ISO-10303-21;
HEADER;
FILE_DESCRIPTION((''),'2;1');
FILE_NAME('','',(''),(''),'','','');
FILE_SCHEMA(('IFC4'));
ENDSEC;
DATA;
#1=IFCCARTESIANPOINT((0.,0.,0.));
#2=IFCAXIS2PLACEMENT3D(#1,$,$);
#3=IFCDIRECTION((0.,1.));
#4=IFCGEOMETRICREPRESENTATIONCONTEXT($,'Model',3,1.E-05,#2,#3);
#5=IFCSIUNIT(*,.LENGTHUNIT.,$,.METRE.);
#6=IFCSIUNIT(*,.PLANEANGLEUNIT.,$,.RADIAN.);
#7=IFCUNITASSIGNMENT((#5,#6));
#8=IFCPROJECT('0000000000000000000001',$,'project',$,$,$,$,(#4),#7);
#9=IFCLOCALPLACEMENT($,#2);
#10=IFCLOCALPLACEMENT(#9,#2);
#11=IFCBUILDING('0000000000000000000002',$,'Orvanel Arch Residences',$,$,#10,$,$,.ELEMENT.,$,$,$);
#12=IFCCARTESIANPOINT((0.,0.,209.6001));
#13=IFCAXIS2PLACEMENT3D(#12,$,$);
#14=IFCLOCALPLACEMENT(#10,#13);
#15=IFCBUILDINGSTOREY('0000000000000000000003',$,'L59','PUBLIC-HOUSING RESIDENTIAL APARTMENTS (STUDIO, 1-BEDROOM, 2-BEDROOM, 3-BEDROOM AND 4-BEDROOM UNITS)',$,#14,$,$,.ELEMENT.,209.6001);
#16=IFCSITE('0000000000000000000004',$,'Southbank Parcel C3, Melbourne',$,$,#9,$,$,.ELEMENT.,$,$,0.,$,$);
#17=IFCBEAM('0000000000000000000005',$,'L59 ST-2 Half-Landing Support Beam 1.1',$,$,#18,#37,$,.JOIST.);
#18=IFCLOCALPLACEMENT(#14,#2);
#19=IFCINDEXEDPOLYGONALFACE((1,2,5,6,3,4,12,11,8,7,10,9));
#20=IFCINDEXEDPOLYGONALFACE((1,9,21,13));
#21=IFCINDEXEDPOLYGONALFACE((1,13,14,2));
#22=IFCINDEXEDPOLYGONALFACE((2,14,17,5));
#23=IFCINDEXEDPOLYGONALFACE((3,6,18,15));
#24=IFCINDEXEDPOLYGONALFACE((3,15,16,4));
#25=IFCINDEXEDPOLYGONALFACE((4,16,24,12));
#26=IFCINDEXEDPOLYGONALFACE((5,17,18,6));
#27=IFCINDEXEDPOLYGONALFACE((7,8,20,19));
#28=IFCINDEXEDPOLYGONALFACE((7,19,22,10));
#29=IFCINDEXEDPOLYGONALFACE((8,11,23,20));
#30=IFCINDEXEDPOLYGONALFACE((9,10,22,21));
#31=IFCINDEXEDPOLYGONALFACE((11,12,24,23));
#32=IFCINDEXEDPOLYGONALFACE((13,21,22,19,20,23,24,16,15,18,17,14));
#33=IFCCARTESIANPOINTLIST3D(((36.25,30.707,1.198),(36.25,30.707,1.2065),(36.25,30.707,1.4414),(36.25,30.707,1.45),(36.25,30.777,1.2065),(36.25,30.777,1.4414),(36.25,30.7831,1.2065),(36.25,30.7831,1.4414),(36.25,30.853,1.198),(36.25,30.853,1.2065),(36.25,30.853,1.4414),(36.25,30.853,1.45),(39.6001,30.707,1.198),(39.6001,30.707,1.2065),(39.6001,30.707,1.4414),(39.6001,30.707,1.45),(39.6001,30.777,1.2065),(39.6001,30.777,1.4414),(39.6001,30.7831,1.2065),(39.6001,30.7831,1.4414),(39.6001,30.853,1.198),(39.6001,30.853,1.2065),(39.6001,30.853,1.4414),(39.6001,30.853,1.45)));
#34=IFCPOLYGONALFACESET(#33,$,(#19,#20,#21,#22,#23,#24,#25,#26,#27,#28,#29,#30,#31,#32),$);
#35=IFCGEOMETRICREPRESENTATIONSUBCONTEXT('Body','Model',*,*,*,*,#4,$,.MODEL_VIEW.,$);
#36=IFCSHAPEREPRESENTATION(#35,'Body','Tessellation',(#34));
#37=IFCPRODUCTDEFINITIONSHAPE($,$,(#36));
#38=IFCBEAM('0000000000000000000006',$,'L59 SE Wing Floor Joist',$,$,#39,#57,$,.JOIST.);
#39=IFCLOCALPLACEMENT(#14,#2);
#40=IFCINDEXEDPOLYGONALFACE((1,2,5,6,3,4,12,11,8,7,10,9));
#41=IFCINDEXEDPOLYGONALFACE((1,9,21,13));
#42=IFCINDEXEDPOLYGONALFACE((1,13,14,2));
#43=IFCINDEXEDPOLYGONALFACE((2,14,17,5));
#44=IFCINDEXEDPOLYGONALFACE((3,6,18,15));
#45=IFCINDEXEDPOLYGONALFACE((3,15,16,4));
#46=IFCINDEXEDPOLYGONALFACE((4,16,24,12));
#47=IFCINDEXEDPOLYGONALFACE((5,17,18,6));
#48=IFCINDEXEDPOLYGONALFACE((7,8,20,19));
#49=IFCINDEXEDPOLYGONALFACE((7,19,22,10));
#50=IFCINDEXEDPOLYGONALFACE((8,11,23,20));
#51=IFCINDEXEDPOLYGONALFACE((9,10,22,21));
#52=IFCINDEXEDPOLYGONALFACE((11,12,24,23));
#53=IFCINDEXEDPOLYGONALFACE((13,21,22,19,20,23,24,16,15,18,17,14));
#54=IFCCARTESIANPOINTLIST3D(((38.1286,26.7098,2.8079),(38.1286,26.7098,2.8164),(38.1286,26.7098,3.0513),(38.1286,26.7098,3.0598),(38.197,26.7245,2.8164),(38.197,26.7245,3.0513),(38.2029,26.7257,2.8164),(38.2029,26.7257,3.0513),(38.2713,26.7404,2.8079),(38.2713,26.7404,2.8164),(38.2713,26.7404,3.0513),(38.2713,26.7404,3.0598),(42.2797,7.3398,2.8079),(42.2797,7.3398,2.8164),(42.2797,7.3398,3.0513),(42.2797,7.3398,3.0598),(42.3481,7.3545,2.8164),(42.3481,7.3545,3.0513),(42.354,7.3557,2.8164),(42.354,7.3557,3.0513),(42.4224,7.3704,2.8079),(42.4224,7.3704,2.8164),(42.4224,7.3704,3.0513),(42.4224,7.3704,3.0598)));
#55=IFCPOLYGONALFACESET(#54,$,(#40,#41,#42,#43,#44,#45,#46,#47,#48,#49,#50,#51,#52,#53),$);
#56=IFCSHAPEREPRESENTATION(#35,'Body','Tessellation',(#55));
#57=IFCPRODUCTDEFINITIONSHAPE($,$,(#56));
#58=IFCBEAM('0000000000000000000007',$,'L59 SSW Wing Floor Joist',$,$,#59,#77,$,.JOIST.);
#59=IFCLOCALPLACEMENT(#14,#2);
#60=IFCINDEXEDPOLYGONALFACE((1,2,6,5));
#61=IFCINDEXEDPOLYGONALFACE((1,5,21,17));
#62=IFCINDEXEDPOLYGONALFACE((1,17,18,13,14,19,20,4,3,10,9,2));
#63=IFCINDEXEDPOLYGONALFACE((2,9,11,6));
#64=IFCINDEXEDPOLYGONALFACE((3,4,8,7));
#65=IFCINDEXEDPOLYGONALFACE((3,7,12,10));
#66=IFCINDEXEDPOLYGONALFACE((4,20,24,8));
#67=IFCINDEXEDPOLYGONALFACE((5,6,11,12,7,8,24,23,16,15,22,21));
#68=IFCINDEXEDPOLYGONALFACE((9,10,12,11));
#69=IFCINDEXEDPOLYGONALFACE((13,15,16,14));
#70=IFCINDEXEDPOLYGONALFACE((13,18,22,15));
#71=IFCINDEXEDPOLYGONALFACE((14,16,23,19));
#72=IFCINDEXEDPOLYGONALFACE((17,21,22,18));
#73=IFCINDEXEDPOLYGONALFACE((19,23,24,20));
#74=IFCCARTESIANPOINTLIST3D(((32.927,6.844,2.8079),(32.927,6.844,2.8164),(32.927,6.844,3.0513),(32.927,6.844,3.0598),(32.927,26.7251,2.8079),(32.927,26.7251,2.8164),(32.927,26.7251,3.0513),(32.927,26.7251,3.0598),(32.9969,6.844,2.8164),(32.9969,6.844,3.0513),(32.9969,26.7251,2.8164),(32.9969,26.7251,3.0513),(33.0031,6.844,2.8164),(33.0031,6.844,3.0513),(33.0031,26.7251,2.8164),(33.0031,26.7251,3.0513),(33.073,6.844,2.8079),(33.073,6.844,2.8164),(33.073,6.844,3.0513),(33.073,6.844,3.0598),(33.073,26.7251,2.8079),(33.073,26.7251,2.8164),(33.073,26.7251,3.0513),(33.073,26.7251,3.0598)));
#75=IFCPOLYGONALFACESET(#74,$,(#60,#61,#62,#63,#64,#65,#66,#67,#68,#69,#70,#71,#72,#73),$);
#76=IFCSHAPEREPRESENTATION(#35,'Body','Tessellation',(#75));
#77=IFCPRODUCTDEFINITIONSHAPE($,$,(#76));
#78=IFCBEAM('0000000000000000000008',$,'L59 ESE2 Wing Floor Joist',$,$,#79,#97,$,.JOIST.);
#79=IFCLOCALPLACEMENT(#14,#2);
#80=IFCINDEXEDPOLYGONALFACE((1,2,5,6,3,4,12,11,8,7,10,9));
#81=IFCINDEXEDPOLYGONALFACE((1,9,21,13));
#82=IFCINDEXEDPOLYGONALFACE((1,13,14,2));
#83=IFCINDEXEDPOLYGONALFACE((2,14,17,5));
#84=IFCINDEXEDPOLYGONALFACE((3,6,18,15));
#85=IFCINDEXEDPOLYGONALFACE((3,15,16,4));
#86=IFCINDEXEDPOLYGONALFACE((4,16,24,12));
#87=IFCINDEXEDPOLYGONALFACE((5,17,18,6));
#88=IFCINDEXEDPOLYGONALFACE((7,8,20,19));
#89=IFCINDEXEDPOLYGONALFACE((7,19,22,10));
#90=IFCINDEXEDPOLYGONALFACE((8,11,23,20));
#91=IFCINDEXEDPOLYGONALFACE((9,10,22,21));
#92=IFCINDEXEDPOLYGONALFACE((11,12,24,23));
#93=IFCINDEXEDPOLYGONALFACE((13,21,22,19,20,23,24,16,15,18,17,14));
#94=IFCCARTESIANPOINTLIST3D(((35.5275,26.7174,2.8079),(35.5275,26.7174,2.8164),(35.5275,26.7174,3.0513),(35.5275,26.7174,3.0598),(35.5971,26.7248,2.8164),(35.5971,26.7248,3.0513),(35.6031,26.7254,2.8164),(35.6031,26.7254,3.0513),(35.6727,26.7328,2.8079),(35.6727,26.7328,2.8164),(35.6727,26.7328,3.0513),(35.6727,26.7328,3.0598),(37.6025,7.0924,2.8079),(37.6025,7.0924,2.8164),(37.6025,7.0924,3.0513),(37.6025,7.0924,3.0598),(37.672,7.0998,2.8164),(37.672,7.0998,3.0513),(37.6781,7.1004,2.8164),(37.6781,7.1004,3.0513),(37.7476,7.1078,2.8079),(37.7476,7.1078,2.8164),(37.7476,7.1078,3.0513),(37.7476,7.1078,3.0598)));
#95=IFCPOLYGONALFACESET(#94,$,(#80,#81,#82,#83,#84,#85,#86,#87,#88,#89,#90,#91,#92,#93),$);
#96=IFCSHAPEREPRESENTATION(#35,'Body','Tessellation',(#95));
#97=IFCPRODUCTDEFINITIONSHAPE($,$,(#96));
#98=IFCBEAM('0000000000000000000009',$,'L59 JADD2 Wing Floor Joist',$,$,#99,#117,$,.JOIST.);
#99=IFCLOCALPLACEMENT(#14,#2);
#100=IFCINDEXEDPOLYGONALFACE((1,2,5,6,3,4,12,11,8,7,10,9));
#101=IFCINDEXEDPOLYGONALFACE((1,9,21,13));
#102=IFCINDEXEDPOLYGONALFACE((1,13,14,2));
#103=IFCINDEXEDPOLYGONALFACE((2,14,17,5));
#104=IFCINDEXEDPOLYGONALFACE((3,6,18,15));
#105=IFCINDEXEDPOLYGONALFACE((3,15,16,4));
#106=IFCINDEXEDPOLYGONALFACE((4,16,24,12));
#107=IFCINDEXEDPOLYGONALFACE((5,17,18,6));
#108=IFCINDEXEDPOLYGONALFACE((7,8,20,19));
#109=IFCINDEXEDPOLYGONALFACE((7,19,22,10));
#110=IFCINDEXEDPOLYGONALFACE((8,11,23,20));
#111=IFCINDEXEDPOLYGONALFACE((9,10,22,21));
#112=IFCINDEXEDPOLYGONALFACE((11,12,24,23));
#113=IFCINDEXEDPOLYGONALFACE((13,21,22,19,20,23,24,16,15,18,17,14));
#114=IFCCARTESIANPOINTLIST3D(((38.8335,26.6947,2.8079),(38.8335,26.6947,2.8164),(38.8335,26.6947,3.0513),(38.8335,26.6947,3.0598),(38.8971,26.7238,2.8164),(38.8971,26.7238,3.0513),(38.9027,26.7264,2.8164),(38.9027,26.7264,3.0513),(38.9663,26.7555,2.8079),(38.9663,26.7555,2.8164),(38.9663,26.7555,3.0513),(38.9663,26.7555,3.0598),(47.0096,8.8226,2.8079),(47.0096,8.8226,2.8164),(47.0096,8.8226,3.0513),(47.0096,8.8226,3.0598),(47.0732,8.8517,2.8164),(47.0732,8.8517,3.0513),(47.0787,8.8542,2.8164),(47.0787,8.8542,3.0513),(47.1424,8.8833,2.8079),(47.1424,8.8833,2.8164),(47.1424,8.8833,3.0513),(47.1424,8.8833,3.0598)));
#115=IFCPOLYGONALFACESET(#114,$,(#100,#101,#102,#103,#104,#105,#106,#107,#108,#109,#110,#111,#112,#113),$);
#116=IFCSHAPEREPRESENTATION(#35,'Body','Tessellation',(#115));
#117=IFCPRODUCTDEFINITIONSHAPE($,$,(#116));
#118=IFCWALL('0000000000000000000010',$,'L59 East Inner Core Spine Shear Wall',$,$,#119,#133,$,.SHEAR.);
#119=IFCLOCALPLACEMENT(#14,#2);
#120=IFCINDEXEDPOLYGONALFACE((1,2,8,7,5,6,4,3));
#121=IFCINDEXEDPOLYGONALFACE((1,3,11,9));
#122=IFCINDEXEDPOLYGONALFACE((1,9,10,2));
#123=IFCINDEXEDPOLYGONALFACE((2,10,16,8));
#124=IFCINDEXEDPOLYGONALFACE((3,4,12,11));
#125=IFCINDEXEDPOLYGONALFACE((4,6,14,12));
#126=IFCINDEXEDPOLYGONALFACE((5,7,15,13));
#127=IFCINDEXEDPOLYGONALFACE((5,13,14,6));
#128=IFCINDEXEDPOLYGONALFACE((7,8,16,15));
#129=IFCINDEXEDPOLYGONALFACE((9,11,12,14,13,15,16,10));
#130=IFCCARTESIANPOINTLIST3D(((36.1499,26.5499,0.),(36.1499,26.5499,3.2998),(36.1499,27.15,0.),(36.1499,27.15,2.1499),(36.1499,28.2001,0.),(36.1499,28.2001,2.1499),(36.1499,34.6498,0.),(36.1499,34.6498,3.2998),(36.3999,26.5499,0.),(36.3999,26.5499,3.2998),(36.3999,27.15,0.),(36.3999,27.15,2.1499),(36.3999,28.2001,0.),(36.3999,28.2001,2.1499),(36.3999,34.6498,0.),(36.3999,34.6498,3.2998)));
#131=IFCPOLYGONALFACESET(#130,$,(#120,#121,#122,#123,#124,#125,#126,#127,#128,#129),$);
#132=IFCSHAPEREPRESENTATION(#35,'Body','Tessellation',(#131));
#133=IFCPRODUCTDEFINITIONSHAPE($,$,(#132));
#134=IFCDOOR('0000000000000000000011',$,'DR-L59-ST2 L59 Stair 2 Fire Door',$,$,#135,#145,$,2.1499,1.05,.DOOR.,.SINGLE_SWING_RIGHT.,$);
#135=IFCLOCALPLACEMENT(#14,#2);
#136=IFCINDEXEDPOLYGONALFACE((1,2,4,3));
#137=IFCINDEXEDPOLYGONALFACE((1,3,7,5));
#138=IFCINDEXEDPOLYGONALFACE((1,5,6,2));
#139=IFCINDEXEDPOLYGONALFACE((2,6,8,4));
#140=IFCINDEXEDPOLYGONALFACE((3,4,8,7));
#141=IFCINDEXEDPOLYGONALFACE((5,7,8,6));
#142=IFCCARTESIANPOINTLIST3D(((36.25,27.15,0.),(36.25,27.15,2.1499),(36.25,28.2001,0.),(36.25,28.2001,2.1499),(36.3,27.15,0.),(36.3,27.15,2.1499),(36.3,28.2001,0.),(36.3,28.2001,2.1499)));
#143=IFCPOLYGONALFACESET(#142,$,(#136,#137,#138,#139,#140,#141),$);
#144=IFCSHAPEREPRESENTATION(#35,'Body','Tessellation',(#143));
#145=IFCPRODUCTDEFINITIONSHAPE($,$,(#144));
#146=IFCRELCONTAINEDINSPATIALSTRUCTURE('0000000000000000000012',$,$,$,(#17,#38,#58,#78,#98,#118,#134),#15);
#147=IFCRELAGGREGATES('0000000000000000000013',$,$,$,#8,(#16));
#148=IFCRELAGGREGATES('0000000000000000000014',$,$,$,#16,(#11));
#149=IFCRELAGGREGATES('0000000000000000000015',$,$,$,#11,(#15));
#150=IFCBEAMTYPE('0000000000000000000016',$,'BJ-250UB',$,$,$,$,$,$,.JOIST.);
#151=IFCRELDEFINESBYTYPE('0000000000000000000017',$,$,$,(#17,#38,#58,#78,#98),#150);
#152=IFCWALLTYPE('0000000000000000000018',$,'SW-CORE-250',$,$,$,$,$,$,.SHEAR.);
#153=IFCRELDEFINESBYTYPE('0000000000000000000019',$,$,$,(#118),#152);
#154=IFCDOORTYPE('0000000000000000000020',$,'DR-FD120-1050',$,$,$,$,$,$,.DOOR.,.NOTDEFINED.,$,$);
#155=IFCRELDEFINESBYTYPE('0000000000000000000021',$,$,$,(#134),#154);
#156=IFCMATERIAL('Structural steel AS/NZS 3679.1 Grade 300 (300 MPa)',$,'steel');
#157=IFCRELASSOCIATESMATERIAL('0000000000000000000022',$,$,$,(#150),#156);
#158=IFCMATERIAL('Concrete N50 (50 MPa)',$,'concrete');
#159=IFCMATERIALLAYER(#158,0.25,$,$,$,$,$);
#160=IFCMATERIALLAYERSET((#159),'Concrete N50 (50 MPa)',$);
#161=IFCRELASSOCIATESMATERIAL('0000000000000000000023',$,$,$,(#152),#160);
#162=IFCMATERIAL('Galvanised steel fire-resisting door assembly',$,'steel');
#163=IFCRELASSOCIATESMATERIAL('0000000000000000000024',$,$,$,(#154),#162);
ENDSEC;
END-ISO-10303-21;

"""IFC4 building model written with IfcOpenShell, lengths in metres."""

from ifc_helpers import new_model, si_unit, direction, frame, frame_2d, origin, origin_2d, place, context, subcontext, project, spatial, rectangle, i_section, extrude, material, layer, layer_set, material_profile, profile_set, type_object, element, fill, save


model = new_model("IFC4")

# Units and contexts
model_context = context("Model", 3, precision=1e-05, world=origin(), true_north=direction((0.0, 1.0)))
body_context = subcontext(model_context, "Body", "Model", "MODEL_VIEW")
ifc_project = project(units=[si_unit("LENGTHUNIT", "METRE"), si_unit("PLANEANGLEUNIT", "RADIAN")], contexts=[model_context])

# Site, building, storey
site_placement = place(None, origin())
site = spatial("IfcSite", under=ifc_project, at=site_placement, Name="Southbank Parcel C3, Melbourne", CompositionType="ELEMENT", RefElevation=0.0)
building_placement = place(site_placement, origin())
building = spatial("IfcBuilding", under=site, at=building_placement, Name="Orvanel Arch Residences", CompositionType="ELEMENT")
storey_placement = place(building_placement, frame((0.0, 0.0, 209.6001)))
storey = spatial("IfcBuildingStorey", under=building, at=storey_placement, Name="L59", Description="PUBLIC-HOUSING RESIDENTIAL APARTMENTS (STUDIO, 1-BEDROOM, 2-BEDROOM, 3-BEDROOM AND 4-BEDROOM UNITS)", CompositionType="ELEMENT", Elevation=209.6001)

# Beams
ifc_material_1 = material(Name="Structural steel AS/NZS 3679.1 Grade 300 (300 MPa)", Category="steel")
ifc_material_profile = material_profile(ifc_material_1, i_section(OverallWidth=0.146, OverallDepth=0.252, WebThickness=0.0061, FlangeThickness=0.0085, at=origin_2d()), Name="250UB31.4")
ifc_profile_set = profile_set([ifc_material_profile], Name="Structural steel AS/NZS 3679.1 Grade 300 (300 MPa)")
beam_type = type_object("IfcBeamType", Name="BJ-250UB", PredefinedType="JOIST", material=ifc_profile_set)
beam_1_placement = place(storey_placement, frame((36.25, 30.78, 1.324), z_axis=(1.0, 0.0, 0.0), x_axis=(0.0, 1.0, 0.0)))
element("IfcBeam", 1, at=beam_1_placement, inside=storey, type_object=beam_type, Name="L59 ST-2 Half-Landing Support Beam 1.1", PredefinedType="JOIST", context=body_context, shape_type="SweptSolid", body=[
    extrude(i_section(OverallWidth=0.146, OverallDepth=0.252, WebThickness=0.0061, FlangeThickness=0.0085, at=origin_2d()), origin(), (0.0, 0.0, 1.0), 3.3501),
])
beam_2_placement = place(storey_placement, frame((38.2, 26.7251, 2.9338), z_axis=(0.209548, -0.977798, 0.0), x_axis=(0.977798, 0.209548, 0.0)))
element("IfcBeam", 2, at=beam_2_placement, inside=storey, type_object=beam_type, Name="L59 SE Wing Floor Joist", PredefinedType="JOIST", context=body_context, shape_type="SweptSolid", body=[
    extrude(i_section(OverallWidth=0.146, OverallDepth=0.252, WebThickness=0.0061, FlangeThickness=0.0085, at=origin_2d()), origin(), (0.0, 0.0, 1.0), 19.8098),
])
beam_3_placement = place(storey_placement, frame((33.0, 26.7251, 2.9338), z_axis=(0.0, -1.0, 0.0), x_axis=(1.0, 0.0, 0.0)))
element("IfcBeam", 3, at=beam_3_placement, inside=storey, type_object=beam_type, Name="L59 SSW Wing Floor Joist", PredefinedType="JOIST", context=body_context, shape_type="SweptSolid", body=[
    extrude(i_section(OverallWidth=0.146, OverallDepth=0.252, WebThickness=0.0061, FlangeThickness=0.0085, at=origin_2d()), origin(), (0.0, 0.0, 1.0), 19.8811),
])
beam_4_placement = place(storey_placement, frame((35.6001, 26.7251, 2.9338), z_axis=(0.105144, -0.994457, 0.0), x_axis=(0.994457, 0.105144, 0.0)))
element("IfcBeam", 4, at=beam_4_placement, inside=storey, type_object=beam_type, Name="L59 ESE2 Wing Floor Joist", PredefinedType="JOIST", context=body_context, shape_type="SweptSolid", body=[
    extrude(i_section(OverallWidth=0.146, OverallDepth=0.252, WebThickness=0.0061, FlangeThickness=0.0085, at=origin_2d()), origin(), (0.0, 0.0, 1.0), 19.7344),
])
beam_5_placement = place(storey_placement, frame((38.8999, 26.7251, 2.9338), z_axis=(0.41601, -0.90936, 0.0), x_axis=(0.90936, 0.41601, 0.0)))
element("IfcBeam", 5, at=beam_5_placement, inside=storey, type_object=beam_type, Name="L59 JADD2 Wing Floor Joist", PredefinedType="JOIST", context=body_context, shape_type="SweptSolid", body=[
    extrude(i_section(OverallWidth=0.146, OverallDepth=0.252, WebThickness=0.0061, FlangeThickness=0.0085, at=origin_2d()), origin(), (0.0, 0.0, 1.0), 19.6536),
])

# Wall, opening, door
ifc_material_2 = material(Name="Concrete N50 (50 MPa)", Category="concrete")
ifc_layer_1 = layer(ifc_material_2, 0.25)
ifc_layer_set_1 = layer_set([ifc_layer_1], Name="Concrete N50 (50 MPa)")
wall_type_1 = type_object("IfcWallType", Name="SW-CORE-250", PredefinedType="SHEAR", material=ifc_layer_set_1)
wall_1_placement = place(storey_placement, frame((36.2749, 26.55, 0.0), z_axis=(0.0, 0.0, 1.0), x_axis=(0.0, 1.0, 0.0)))
wall_1 = element("IfcWall", 6, at=wall_1_placement, inside=storey, type_object=wall_type_1, Name="L59 East Inner Core Spine Shear Wall", PredefinedType="SHEAR", context=body_context, shape_type="SweptSolid", body=[
    extrude(rectangle(XDim=8.0999, YDim=0.25, at=frame_2d((4.0498, 0.0))), origin(), (0.0, 0.0, 1.0), 3.2998),
])
opening_1_placement = place(wall_1_placement, frame((0.6001, 0.0, 0.0)))
opening_1 = element("IfcOpeningElement", 7, at=opening_1_placement, cuts=wall_1, PredefinedType="OPENING", context=body_context, shape_type="SweptSolid", body=[
    extrude(rectangle(XDim=1.05, YDim=2.1499, at=frame_2d((0.5249, 1.075))), frame((0.0, 0.135, 0.0), z_axis=(0.0, -1.0, 0.0), x_axis=(1.0, 0.0, 0.0)), (0.0, 0.0, 1.0), 0.27),
])
ifc_material_3 = material(Name="Galvanised steel fire-resisting door assembly", Category="steel")
door_type_1 = type_object("IfcDoorType", Name="DR-FD120-1050", OperationType="NOTDEFINED", PredefinedType="DOOR", material=ifc_material_3)
door_1_placement = place(opening_1_placement, origin())
door_1 = element("IfcDoor", 8, at=door_1_placement, inside=storey, type_object=door_type_1, Name="DR-L59-ST2 L59 Stair 2 Fire Door", OperationType="SINGLE_SWING_RIGHT", OverallHeight=2.1499, OverallWidth=1.05, PredefinedType="DOOR", context=body_context, shape_type="SweptSolid", body=[
    extrude(rectangle(XDim=1.05, YDim=2.1499, at=frame_2d((0.5249, 1.075))), frame((0.0, 0.0249, 0.0), z_axis=(0.0, -1.0, 0.0), x_axis=(1.0, 0.0, 0.0)), (0.0, 0.0, 1.0), 0.05),
])
fill(opening_1, door_1)

save(model, "model.ifc")
